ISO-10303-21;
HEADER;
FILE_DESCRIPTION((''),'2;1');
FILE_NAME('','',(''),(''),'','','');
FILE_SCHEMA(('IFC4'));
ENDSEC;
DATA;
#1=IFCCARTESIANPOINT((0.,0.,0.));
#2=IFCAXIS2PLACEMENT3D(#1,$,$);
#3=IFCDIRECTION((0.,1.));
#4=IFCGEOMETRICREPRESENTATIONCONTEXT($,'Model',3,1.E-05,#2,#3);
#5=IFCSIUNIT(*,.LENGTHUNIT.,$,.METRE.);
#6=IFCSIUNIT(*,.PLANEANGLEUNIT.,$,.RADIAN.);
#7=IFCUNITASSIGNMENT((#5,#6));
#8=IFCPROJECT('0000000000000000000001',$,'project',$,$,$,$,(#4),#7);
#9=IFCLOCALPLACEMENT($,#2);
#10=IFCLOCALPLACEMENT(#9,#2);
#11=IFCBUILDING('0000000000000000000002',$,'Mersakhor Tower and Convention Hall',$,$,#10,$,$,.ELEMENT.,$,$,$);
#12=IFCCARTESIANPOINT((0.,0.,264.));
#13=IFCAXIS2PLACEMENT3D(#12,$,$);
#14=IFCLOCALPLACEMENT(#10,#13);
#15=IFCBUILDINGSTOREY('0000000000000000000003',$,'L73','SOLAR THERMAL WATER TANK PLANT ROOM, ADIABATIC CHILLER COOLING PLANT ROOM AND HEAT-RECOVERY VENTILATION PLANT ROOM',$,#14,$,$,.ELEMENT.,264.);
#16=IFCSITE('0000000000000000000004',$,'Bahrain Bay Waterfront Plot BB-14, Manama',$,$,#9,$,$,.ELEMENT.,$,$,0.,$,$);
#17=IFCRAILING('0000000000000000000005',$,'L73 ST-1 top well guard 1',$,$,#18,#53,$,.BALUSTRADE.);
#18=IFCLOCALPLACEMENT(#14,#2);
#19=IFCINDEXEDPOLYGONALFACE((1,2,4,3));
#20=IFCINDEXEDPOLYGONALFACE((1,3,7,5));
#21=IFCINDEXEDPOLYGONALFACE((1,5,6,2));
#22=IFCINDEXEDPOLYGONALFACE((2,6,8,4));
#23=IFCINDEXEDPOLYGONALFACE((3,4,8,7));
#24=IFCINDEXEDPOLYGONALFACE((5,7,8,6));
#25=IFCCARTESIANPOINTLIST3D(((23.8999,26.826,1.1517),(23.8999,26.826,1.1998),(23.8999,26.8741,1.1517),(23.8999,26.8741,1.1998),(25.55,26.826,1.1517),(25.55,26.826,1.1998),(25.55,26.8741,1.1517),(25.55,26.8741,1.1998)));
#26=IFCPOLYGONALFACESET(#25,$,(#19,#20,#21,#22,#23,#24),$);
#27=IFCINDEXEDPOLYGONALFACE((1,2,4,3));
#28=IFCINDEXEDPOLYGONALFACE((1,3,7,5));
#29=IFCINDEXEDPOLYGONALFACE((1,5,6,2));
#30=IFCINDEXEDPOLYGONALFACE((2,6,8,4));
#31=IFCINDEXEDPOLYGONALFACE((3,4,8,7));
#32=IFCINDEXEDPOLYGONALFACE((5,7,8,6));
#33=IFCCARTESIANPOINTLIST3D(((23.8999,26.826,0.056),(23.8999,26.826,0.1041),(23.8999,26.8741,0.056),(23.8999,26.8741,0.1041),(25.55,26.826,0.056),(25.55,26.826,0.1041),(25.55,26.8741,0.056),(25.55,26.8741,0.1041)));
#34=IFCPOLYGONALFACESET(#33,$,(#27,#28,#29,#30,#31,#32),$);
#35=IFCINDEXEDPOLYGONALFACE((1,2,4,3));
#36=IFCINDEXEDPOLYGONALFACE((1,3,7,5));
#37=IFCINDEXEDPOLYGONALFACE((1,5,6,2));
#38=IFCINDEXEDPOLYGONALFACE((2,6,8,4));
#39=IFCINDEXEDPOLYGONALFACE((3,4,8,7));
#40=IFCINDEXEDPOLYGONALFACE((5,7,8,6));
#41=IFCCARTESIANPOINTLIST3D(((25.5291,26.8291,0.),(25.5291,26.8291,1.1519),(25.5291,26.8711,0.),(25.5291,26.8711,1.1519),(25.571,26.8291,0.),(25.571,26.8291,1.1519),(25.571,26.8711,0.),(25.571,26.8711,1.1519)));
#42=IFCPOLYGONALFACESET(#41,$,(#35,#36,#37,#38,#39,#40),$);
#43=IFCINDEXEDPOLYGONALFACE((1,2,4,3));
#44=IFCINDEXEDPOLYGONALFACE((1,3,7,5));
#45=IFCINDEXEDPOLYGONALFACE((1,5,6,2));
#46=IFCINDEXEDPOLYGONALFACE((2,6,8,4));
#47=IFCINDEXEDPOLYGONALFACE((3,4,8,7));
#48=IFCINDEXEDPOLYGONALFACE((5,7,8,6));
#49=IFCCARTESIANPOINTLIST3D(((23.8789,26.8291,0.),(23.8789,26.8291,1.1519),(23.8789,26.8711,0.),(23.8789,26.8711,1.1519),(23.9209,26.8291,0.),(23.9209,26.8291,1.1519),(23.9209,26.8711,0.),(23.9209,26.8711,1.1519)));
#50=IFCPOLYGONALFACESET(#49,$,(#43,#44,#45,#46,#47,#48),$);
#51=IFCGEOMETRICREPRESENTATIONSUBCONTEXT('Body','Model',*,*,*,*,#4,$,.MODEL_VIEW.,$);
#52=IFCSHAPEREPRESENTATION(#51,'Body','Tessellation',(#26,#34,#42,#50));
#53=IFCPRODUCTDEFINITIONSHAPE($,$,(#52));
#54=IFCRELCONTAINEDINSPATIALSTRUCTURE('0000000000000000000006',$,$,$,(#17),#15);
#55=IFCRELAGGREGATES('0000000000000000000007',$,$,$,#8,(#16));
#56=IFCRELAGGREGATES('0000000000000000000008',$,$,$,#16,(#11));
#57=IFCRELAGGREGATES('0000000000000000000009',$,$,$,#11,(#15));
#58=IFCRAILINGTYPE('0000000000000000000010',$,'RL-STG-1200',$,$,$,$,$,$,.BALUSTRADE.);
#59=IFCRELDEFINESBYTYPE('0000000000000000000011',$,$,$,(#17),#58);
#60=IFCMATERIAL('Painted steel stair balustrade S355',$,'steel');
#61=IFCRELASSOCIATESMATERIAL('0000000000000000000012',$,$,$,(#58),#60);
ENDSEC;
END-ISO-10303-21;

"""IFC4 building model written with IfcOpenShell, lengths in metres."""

from ifc_helpers import new_model, si_unit, direction, frame, origin, origin_2d, place, context, subcontext, project, spatial, rectangle, extrude, material, type_object, element, save


model = new_model("IFC4")

# Units and contexts
model_context = context("Model", 3, precision=1e-05, world=origin(), true_north=direction((0.0, 1.0)))
body_context = subcontext(model_context, "Body", "Model", "MODEL_VIEW")
ifc_project = project(units=[si_unit("LENGTHUNIT", "METRE"), si_unit("PLANEANGLEUNIT", "RADIAN")], contexts=[model_context])

# Site, building, storey
site_placement = place(None, origin())
site = spatial("IfcSite", under=ifc_project, at=site_placement, Name="Bahrain Bay Waterfront Plot BB-14, Manama", CompositionType="ELEMENT", RefElevation=0.0)
building_placement = place(site_placement, origin())
building = spatial("IfcBuilding", under=site, at=building_placement, Name="Mersakhor Tower and Convention Hall", CompositionType="ELEMENT")
storey_placement = place(building_placement, frame((0.0, 0.0, 264.0)))
storey = spatial("IfcBuildingStorey", under=building, at=storey_placement, Name="L73", Description="SOLAR THERMAL WATER TANK PLANT ROOM, ADIABATIC CHILLER COOLING PLANT ROOM AND HEAT-RECOVERY VENTILATION PLANT ROOM", CompositionType="ELEMENT", Elevation=264.0)

# Railing
ifc_material_1 = material(Name="Painted steel stair balustrade S355", Category="steel")
railing_type = type_object("IfcRailingType", Name="RL-STG-1200", PredefinedType="BALUSTRADE", material=ifc_material_1)
railing_placement = place(storey_placement, frame((25.55, 26.8501, 0.0)))
element("IfcRailing", 1, at=railing_placement, inside=storey, type_object=railing_type, Name="L73 ST-1 top well guard 1", PredefinedType="BALUSTRADE", context=body_context, shape_type="SweptSolid", body=[
    extrude(rectangle(XDim=0.0481, YDim=0.0481, at=origin_2d()), frame((0.0, 0.0, 1.1758), z_axis=(-1.0, 0.0, 0.0), x_axis=(0.0, -1.0, 0.0)), (0.0, 0.0, 1.0), 1.6501),
    extrude(rectangle(XDim=0.0481, YDim=0.0481, at=origin_2d()), frame((0.0, 0.0, 0.0801), z_axis=(-1.0, 0.0, 0.0), x_axis=(0.0, -1.0, 0.0)), (0.0, 0.0, 1.0), 1.6501),
    extrude(rectangle(XDim=0.042, YDim=0.042, at=origin_2d()), origin(), (0.0, 0.0, 1.0), 1.1519),
    extrude(rectangle(XDim=0.042, YDim=0.042, at=origin_2d()), frame((-1.6501, 0.0, 0.0)), (0.0, 0.0, 1.0), 1.1519),
])

save(model, "model.ifc")
